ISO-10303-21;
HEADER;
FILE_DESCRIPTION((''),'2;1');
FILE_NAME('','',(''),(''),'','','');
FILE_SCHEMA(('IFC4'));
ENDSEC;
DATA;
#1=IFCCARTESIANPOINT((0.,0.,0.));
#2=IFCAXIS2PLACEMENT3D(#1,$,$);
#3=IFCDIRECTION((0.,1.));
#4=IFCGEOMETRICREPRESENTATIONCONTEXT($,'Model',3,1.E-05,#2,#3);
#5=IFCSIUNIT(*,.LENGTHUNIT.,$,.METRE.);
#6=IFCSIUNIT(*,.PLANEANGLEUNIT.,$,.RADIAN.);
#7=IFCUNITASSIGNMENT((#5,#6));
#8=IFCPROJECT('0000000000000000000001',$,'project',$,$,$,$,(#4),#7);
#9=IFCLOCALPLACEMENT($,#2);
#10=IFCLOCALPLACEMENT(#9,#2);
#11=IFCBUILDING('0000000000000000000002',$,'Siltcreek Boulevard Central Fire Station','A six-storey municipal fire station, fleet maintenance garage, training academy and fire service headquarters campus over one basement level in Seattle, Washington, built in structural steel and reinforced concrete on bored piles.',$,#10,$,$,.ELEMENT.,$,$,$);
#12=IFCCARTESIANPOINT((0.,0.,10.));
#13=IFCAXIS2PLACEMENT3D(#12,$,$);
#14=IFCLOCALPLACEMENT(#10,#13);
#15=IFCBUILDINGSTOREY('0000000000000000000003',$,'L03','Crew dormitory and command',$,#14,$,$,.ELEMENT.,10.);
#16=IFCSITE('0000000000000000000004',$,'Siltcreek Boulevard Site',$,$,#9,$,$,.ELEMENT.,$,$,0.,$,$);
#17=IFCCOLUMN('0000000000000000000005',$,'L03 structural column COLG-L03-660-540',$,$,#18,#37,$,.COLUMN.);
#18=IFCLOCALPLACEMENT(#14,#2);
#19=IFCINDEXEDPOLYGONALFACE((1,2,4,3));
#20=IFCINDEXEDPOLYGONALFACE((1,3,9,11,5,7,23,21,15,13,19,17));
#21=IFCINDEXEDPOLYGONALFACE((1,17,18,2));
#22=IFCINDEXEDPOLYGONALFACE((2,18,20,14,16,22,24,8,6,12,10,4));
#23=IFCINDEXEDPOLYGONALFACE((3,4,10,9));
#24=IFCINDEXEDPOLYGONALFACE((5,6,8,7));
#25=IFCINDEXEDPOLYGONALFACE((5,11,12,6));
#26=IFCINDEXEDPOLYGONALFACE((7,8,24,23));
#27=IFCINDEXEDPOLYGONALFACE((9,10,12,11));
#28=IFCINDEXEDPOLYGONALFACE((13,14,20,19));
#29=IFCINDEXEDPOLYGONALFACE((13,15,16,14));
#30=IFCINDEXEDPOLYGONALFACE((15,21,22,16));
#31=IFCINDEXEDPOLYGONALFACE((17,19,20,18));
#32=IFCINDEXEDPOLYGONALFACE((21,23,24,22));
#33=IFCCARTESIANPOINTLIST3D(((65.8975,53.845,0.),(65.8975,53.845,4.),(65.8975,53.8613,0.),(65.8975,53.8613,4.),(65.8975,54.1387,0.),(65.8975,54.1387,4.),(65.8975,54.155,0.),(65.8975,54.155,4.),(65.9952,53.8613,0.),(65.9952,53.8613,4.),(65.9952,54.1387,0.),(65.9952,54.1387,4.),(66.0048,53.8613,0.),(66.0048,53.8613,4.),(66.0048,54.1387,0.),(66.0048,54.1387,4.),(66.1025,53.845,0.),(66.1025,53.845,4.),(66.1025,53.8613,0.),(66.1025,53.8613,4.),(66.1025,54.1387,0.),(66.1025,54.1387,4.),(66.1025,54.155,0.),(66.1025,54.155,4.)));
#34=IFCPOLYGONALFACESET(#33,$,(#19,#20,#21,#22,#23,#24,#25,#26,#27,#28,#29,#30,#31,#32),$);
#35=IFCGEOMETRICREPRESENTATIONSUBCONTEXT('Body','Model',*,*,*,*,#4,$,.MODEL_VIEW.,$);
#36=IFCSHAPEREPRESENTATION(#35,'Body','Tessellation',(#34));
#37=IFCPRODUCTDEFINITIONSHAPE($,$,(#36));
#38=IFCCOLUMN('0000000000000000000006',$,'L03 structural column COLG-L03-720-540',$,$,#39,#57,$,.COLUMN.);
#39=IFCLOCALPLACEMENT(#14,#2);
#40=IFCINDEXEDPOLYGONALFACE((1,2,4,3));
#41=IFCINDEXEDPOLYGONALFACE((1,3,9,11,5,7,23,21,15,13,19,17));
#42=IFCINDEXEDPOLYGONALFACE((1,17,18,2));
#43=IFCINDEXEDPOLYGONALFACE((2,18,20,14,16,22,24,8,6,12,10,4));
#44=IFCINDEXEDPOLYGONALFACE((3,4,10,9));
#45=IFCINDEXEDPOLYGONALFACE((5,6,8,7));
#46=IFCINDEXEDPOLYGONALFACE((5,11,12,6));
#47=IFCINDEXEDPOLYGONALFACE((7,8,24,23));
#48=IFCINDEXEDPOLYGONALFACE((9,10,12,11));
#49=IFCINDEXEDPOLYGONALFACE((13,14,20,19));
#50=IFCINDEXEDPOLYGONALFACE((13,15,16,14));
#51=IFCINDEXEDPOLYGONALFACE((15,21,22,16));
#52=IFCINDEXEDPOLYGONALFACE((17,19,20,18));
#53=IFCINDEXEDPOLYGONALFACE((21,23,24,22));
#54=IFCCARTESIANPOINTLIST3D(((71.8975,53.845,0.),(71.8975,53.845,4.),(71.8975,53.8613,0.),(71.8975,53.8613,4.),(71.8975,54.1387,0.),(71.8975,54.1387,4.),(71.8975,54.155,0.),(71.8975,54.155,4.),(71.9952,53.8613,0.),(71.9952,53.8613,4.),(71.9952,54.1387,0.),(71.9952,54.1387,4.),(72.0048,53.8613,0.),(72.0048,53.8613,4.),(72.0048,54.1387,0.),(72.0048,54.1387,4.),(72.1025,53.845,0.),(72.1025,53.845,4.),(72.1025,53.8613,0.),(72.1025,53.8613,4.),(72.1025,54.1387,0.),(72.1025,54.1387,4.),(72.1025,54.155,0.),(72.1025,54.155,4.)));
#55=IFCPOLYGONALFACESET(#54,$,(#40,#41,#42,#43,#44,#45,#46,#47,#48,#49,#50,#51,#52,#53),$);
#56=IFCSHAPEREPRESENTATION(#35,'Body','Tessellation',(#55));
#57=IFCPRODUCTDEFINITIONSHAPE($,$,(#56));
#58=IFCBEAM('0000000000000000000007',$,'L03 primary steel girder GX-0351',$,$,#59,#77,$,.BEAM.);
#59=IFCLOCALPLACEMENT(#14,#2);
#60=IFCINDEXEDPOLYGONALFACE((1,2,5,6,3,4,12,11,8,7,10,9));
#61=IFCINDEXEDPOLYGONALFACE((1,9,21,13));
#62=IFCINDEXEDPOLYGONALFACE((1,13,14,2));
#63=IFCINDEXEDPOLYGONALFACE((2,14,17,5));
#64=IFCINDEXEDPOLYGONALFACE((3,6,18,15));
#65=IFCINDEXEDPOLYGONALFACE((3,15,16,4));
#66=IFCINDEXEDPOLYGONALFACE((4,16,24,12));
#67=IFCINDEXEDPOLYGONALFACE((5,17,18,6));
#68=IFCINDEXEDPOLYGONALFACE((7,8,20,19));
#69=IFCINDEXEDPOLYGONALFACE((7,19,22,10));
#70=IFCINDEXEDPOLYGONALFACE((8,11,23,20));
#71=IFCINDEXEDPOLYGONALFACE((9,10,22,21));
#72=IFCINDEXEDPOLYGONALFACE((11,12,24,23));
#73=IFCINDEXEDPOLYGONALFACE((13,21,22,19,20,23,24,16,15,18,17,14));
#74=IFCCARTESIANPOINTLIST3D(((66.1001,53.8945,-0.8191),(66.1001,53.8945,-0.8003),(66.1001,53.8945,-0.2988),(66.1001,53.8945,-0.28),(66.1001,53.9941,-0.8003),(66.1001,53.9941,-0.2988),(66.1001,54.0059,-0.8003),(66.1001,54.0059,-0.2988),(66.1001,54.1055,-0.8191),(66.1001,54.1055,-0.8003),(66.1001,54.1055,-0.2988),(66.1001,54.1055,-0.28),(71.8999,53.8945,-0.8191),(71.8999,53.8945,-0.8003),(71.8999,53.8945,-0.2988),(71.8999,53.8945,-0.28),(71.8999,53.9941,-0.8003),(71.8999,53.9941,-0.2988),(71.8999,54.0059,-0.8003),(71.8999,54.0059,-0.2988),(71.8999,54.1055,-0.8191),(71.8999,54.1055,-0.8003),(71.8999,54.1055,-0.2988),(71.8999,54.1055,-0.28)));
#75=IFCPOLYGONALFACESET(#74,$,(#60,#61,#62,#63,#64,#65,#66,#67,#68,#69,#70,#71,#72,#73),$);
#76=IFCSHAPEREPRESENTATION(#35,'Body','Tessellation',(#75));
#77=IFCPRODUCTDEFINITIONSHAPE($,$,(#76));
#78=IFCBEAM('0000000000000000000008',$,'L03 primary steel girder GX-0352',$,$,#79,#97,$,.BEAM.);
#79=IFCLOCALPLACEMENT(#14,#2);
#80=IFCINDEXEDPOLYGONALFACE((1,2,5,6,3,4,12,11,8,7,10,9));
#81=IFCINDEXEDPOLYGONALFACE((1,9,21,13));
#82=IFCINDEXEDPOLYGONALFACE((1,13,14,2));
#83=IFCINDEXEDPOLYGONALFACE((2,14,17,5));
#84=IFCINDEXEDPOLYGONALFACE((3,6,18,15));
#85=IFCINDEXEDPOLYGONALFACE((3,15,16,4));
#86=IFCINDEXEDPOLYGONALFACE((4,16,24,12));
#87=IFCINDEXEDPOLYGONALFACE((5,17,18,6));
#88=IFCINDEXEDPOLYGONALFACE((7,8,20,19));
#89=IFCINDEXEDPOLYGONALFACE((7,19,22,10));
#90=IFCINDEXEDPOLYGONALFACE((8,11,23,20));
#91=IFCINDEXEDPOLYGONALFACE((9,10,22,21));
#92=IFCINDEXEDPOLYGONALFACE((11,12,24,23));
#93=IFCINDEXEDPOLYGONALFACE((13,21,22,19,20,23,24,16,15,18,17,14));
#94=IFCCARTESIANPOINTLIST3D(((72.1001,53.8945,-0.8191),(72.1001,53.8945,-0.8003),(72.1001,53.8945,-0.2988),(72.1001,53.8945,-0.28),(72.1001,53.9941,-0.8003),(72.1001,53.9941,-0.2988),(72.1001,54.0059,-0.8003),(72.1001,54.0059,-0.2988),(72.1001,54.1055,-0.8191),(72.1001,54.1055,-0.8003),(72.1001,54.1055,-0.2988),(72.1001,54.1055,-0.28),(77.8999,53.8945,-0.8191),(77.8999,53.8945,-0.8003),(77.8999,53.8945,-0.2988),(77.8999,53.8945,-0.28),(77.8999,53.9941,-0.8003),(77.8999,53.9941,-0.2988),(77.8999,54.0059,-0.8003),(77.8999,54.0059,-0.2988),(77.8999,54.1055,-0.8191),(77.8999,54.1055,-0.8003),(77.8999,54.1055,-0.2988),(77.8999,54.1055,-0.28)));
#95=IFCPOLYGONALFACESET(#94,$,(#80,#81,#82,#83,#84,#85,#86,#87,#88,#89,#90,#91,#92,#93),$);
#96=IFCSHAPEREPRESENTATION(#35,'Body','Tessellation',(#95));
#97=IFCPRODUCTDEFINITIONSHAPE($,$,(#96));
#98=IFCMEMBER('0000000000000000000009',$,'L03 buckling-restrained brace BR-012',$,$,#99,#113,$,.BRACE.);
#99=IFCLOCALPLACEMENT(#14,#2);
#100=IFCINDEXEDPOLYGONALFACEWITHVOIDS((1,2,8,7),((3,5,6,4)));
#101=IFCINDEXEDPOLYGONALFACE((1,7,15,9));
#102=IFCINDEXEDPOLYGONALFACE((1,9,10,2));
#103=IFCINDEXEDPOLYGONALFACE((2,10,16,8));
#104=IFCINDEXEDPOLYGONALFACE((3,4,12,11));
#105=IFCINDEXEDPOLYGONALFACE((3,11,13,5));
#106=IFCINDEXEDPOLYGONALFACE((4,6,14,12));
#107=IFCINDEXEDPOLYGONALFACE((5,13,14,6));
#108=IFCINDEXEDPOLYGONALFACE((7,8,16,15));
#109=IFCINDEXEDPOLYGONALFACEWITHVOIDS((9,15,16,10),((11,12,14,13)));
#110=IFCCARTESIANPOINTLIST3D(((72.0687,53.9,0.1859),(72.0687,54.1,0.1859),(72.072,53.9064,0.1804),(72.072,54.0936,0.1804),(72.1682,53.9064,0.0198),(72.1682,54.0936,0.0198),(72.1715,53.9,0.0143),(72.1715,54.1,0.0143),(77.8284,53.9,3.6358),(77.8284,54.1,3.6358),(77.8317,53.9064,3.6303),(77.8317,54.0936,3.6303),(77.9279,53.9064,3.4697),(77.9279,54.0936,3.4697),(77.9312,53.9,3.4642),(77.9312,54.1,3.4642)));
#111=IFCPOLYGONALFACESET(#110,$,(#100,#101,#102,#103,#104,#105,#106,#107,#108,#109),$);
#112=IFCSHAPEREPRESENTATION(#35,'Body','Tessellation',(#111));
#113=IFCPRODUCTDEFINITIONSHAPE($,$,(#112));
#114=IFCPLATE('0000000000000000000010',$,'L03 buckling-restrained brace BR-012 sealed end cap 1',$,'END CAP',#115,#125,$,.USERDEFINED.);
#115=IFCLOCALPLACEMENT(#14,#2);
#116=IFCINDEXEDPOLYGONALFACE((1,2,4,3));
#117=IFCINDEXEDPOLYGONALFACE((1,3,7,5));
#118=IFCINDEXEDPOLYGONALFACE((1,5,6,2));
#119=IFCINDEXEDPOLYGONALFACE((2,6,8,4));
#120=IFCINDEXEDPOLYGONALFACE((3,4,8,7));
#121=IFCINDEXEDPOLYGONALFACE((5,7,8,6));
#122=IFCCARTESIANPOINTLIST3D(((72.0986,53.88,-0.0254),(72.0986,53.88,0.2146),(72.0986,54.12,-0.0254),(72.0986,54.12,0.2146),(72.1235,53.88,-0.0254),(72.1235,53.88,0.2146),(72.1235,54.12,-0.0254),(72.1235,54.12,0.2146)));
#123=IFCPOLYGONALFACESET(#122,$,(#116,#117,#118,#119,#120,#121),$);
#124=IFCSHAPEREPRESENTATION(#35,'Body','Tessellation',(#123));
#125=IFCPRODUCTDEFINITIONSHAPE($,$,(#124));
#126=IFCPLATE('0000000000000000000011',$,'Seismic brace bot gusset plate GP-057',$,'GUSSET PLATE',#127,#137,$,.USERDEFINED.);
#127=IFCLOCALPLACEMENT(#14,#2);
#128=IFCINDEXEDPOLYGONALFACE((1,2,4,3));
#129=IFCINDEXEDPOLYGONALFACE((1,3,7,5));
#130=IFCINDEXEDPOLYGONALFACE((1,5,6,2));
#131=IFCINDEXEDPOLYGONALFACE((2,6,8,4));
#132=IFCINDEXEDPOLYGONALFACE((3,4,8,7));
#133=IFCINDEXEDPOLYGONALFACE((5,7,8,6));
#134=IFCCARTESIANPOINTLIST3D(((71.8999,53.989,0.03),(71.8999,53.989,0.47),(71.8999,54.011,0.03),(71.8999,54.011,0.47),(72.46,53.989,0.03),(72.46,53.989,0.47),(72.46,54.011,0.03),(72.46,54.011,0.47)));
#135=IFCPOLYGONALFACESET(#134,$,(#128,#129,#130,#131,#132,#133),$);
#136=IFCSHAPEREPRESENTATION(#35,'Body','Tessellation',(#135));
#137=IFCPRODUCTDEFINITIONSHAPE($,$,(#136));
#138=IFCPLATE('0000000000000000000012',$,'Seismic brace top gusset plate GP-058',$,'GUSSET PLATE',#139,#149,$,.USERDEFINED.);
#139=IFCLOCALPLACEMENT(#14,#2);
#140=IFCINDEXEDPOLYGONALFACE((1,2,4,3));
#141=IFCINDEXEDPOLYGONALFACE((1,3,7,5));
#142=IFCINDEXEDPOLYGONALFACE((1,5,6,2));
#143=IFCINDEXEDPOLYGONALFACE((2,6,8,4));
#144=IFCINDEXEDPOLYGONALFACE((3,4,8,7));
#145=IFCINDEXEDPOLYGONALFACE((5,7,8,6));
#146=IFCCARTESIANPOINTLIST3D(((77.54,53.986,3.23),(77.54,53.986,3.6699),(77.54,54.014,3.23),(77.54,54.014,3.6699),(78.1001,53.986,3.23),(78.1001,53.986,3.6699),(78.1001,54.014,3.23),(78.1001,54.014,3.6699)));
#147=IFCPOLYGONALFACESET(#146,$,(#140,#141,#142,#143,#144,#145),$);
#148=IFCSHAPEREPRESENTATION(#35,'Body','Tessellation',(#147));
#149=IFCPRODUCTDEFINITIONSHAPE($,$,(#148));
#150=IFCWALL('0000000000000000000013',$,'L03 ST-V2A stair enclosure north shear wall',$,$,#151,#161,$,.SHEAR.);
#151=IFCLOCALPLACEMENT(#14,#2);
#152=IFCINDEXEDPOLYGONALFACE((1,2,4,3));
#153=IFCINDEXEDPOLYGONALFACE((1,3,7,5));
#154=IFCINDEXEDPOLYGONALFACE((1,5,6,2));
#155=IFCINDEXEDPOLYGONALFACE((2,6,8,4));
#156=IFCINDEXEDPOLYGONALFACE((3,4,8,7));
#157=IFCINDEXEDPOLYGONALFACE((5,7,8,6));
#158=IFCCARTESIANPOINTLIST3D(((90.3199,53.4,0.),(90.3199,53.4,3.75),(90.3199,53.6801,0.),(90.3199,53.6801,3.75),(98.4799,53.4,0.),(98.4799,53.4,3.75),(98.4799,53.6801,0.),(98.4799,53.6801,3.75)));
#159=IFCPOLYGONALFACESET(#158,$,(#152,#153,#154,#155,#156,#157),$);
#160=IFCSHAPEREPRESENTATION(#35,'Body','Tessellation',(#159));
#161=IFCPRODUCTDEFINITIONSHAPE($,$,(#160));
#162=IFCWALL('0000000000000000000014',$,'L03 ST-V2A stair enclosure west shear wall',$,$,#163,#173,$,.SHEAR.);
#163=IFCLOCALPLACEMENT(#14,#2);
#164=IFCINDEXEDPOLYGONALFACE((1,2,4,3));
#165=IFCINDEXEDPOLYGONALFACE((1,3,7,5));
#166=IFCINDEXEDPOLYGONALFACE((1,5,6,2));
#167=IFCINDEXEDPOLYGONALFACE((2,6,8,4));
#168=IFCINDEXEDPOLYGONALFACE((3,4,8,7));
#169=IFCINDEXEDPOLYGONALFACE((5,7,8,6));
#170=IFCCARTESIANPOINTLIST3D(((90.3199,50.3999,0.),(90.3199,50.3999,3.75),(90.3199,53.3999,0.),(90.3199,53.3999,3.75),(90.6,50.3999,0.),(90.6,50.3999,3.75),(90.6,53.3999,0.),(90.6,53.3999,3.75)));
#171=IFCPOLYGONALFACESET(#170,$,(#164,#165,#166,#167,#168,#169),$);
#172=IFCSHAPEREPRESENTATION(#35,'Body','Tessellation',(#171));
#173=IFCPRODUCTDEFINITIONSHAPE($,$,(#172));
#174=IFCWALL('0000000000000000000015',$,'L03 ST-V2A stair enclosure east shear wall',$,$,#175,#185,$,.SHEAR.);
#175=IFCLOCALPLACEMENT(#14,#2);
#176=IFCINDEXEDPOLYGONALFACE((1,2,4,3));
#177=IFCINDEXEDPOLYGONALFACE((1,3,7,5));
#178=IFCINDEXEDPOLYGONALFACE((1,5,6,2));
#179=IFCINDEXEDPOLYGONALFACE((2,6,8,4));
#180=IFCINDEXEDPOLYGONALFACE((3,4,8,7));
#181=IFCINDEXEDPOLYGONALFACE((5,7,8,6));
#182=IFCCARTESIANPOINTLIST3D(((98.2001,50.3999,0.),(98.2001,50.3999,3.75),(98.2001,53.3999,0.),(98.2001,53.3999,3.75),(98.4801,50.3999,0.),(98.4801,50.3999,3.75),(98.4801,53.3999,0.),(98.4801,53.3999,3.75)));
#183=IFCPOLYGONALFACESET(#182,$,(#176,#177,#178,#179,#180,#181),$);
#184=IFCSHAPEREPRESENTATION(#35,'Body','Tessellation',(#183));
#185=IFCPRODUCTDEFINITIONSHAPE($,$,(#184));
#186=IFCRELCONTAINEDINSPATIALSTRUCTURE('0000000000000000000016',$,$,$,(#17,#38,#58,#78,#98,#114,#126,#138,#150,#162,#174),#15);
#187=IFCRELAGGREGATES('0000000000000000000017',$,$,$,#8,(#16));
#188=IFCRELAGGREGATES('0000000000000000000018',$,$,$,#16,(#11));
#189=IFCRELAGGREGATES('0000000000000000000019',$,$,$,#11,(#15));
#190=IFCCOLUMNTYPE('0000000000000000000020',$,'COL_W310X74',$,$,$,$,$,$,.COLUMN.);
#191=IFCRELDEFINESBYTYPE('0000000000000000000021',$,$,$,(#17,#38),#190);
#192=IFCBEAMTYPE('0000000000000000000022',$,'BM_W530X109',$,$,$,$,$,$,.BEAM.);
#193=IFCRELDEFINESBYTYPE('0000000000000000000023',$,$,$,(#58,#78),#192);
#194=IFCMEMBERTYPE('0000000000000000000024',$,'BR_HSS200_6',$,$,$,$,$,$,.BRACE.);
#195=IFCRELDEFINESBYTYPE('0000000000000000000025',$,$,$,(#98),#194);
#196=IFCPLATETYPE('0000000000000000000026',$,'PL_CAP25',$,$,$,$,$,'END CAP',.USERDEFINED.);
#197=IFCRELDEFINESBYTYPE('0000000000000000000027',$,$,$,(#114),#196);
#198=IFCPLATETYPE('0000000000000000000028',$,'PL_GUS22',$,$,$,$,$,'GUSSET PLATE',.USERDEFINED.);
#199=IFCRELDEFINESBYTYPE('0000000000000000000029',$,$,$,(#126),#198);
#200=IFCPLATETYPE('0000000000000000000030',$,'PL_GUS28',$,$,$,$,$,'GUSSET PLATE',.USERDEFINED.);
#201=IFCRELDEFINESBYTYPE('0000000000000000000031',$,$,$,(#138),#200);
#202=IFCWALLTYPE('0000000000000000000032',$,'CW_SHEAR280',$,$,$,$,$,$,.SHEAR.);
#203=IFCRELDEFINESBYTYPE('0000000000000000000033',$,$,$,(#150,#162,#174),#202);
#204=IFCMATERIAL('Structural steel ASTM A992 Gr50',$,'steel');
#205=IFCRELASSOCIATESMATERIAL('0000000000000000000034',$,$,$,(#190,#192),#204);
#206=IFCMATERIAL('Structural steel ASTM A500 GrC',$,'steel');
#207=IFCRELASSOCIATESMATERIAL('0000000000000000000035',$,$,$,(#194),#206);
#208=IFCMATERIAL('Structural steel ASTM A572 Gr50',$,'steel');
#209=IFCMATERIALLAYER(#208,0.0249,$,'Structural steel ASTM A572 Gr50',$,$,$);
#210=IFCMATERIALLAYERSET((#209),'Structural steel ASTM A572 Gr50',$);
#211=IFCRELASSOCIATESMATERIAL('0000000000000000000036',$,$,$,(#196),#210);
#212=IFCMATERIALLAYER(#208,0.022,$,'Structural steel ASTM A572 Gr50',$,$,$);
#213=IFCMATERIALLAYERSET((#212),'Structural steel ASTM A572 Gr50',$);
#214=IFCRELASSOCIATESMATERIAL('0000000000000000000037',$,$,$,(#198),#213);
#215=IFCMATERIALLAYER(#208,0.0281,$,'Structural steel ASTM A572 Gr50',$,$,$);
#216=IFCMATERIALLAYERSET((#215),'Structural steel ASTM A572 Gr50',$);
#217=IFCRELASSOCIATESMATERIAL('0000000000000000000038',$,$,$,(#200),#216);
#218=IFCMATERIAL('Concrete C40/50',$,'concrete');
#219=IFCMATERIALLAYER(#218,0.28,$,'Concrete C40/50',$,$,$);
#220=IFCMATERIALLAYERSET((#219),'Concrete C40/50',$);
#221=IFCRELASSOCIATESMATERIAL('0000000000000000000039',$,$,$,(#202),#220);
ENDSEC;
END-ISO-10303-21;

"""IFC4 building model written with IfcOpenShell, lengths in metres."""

from ifc_helpers import new_model, si_unit, direction, frame, frame_2d, origin, origin_2d, place, context, subcontext, project, spatial, rectangle, hollow_rectangle, i_section, extrude, material, layer, layer_set, material_profile, profile_set, type_object, element, save


model = new_model("IFC4")

# Units and contexts
model_context = context("Model", 3, precision=1e-05, world=origin(), true_north=direction((0.0, 1.0)))
body_context = subcontext(model_context, "Body", "Model", "MODEL_VIEW")
ifc_project = project(units=[si_unit("LENGTHUNIT", "METRE"), si_unit("PLANEANGLEUNIT", "RADIAN")], contexts=[model_context])

# Site, building, storey
site_placement = place(None, origin())
site = spatial("IfcSite", under=ifc_project, at=site_placement, Name="Siltcreek Boulevard Site", CompositionType="ELEMENT", RefElevation=0.0)
building_placement = place(site_placement, origin())
building = spatial("IfcBuilding", under=site, at=building_placement, Name="Siltcreek Boulevard Central Fire Station", Description="A six-storey municipal fire station, fleet maintenance garage, training academy and fire service headquarters campus over one basement level in Seattle, Washington, built in structural steel and reinforced concrete on bored piles.", CompositionType="ELEMENT")
storey_placement = place(building_placement, frame((0.0, 0.0, 10.0)))
storey = spatial("IfcBuildingStorey", under=building, at=storey_placement, Name="L03", Description="Crew dormitory and command", CompositionType="ELEMENT", Elevation=10.0)

# Columns
ifc_material_1 = material(Name="Structural steel ASTM A992 Gr50", Category="steel")
ifc_material_profile_1 = material_profile(ifc_material_1, i_section(OverallWidth=0.2051, OverallDepth=0.3101, WebThickness=0.0095, FlangeThickness=0.0164, at=origin_2d()), Name="W310X74")
ifc_profile_set_1 = profile_set([ifc_material_profile_1], Name="Structural steel ASTM A992 Gr50")
column_type = type_object("IfcColumnType", Name="COL_W310X74", PredefinedType="COLUMN", material=ifc_profile_set_1)
for number, where, z_axis, x_axis, name in (
    (1, (66.0, 54.0, 0.0), (0.0, 0.0, 1.0), (1.0, 0.0, 0.0), "L03 structural column COLG-L03-660-540"),
    (2, (72.0, 54.0, 0.0), (0.0, 0.0, 1.0), (1.0, 0.0, 0.0), "L03 structural column COLG-L03-720-540"),
):
    element("IfcColumn", number, at=place(storey_placement, frame(where, z_axis=z_axis, x_axis=x_axis)), inside=storey, type_object=column_type, Name=name, PredefinedType="COLUMN", context=body_context, shape_type="SweptSolid", body=[
        extrude(i_section(OverallWidth=0.2051, OverallDepth=0.3101, WebThickness=0.0095, FlangeThickness=0.0164, at=origin_2d()), origin(), (0.0, 0.0, 1.0), 4.0),
    ])

# Beams
ifc_material_profile_2 = material_profile(ifc_material_1, i_section(OverallWidth=0.2109, OverallDepth=0.5391, WebThickness=0.0117, FlangeThickness=0.0188, at=origin_2d()), Name="W530X109")
ifc_profile_set_2 = profile_set([ifc_material_profile_2], Name="Structural steel ASTM A992 Gr50")
beam_type = type_object("IfcBeamType", Name="BM_W530X109", PredefinedType="BEAM", material=ifc_profile_set_2)
for number, where, z_axis, x_axis, name in (
    (3, (66.1001, 54.0, -0.5496), (1.0, 0.0, 0.0), (0.0, 1.0, 0.0), "L03 primary steel girder GX-0351"),
    (4, (72.1001, 54.0, -0.5496), (1.0, 0.0, 0.0), (0.0, 1.0, 0.0), "L03 primary steel girder GX-0352"),
):
    element("IfcBeam", number, at=place(storey_placement, frame(where, z_axis=z_axis, x_axis=x_axis)), inside=storey, type_object=beam_type, Name=name, PredefinedType="BEAM", context=body_context, shape_type="SweptSolid", body=[
        extrude(i_section(OverallWidth=0.2109, OverallDepth=0.5391, WebThickness=0.0117, FlangeThickness=0.0188, at=origin_2d()), origin(), (0.0, 0.0, 1.0), 5.7998),
    ])

# Member
ifc_material_2 = material(Name="Structural steel ASTM A500 GrC", Category="steel")
ifc_material_profile_3 = material_profile(ifc_material_2, hollow_rectangle(XDim=0.2, YDim=0.2, WallThickness=0.0063, at=origin_2d()), Name="HSS200X200X6.4")
ifc_profile_set_3 = profile_set([ifc_material_profile_3], Name="Structural steel ASTM A500 GrC")
member_type = type_object("IfcMemberType", Name="BR_HSS200_6", PredefinedType="BRACE", material=ifc_profile_set_3)
member_placement = place(storey_placement, frame((72.1201, 54.0, 0.1001), z_axis=(0.857881, 0.0, 0.513849), x_axis=(0.0, 1.0, 0.0)))
element("IfcMember", 5, at=member_placement, inside=storey, type_object=member_type, Name="L03 buckling-restrained brace BR-012", PredefinedType="BRACE", context=body_context, shape_type="SweptSolid", body=[
    extrude(hollow_rectangle(XDim=0.2, YDim=0.2, WallThickness=0.0063, at=origin_2d()), origin(), (0.0, 0.0, 1.0), 6.7139),
])

# Plates
ifc_material_3 = material(Name="Structural steel ASTM A572 Gr50", Category="steel")
ifc_layer_1 = layer(ifc_material_3, 0.0249, Name="Structural steel ASTM A572 Gr50")
ifc_layer_set_1 = layer_set([ifc_layer_1], Name="Structural steel ASTM A572 Gr50")
plate_type_1 = type_object("IfcPlateType", Name="PL_CAP25", ElementType="END CAP", PredefinedType="USERDEFINED", material=ifc_layer_set_1)
plate_1_placement = place(storey_placement, frame((72.1111, 54.0, -0.0254), z_axis=(0.0, 0.0, 1.0), x_axis=(1.0, 0.0, 0.0)))
element("IfcPlate", 6, at=plate_1_placement, inside=storey, type_object=plate_type_1, Name="L03 buckling-restrained brace BR-012 sealed end cap 1", ObjectType="END CAP", PredefinedType="USERDEFINED", context=body_context, shape_type="SweptSolid", body=[
    extrude(rectangle(XDim=0.0249, YDim=0.24, at=origin_2d()), origin(), (0.0, 0.0, 1.0), 0.24),
])
ifc_layer_2 = layer(ifc_material_3, 0.022, Name="Structural steel ASTM A572 Gr50")
ifc_layer_set_2 = layer_set([ifc_layer_2], Name="Structural steel ASTM A572 Gr50")
plate_type_2 = type_object("IfcPlateType", Name="PL_GUS22", ElementType="GUSSET PLATE", PredefinedType="USERDEFINED", material=ifc_layer_set_2)
plate_2_placement = place(storey_placement, frame((72.1799, 54.0, 0.03), z_axis=(0.0, 0.0, 1.0), x_axis=(1.0, 0.0, 0.0)))
element("IfcPlate", 7, at=plate_2_placement, inside=storey, type_object=plate_type_2, Name="Seismic brace bot gusset plate GP-057", ObjectType="GUSSET PLATE", PredefinedType="USERDEFINED", context=body_context, shape_type="SweptSolid", body=[
    extrude(rectangle(XDim=0.5601, YDim=0.022, at=origin_2d()), origin(), (0.0, 0.0, 1.0), 0.4399),
])
ifc_layer_3 = layer(ifc_material_3, 0.0281, Name="Structural steel ASTM A572 Gr50")
ifc_layer_set_3 = layer_set([ifc_layer_3], Name="Structural steel ASTM A572 Gr50")
plate_type_3 = type_object("IfcPlateType", Name="PL_GUS28", ElementType="GUSSET PLATE", PredefinedType="USERDEFINED", material=ifc_layer_set_3)
plate_3_placement = place(storey_placement, frame((77.8201, 54.0, 3.23), z_axis=(0.0, 0.0, 1.0), x_axis=(1.0, 0.0, 0.0)))
element("IfcPlate", 8, at=plate_3_placement, inside=storey, type_object=plate_type_3, Name="Seismic brace top gusset plate GP-058", ObjectType="GUSSET PLATE", PredefinedType="USERDEFINED", context=body_context, shape_type="SweptSolid", body=[
    extrude(rectangle(XDim=0.5601, YDim=0.0281, at=origin_2d()), origin(), (0.0, 0.0, 1.0), 0.4399),
])

# Walls
ifc_material_4 = material(Name="Concrete C40/50", Category="concrete")
ifc_layer_4 = layer(ifc_material_4, 0.28, Name="Concrete C40/50")
ifc_layer_set_4 = layer_set([ifc_layer_4], Name="Concrete C40/50")
wall_type_1 = type_object("IfcWallType", Name="CW_SHEAR280", PredefinedType="SHEAR", material=ifc_layer_set_4)
wall_1_placement = place(storey_placement, frame((98.48, 53.54, 0.0), z_axis=(0.0, 0.0, 1.0), x_axis=(-1.0, 0.0, 0.0)))
element("IfcWall", 9, at=wall_1_placement, inside=storey, type_object=wall_type_1, Name="L03 ST-V2A stair enclosure north shear wall", PredefinedType="SHEAR", context=body_context, shape_type="SweptSolid", body=[
    extrude(rectangle(XDim=8.1599, YDim=0.28, at=frame_2d((4.0801, 0.0))), origin(), (0.0, 0.0, 1.0), 3.75),
])
for number, where, z_axis, x_axis, name in (
    (10, (90.46, 53.3999, 0.0), (0.0, 0.0, 1.0), (0.0, -1.0, 0.0), "L03 ST-V2A stair enclosure west shear wall"),
    (11, (98.3401, 50.3999, 0.0), (0.0, 0.0, 1.0), (0.0, 1.0, 0.0), "L03 ST-V2A stair enclosure east shear wall"),
):
    element("IfcWall", number, at=place(storey_placement, frame(where, z_axis=z_axis, x_axis=x_axis)), inside=storey, type_object=wall_type_1, Name=name, PredefinedType="SHEAR", context=body_context, shape_type="SweptSolid", body=[
        extrude(rectangle(XDim=3.0, YDim=0.28, at=frame_2d((1.5, 0.0))), origin(), (0.0, 0.0, 1.0), 3.75),
    ])

save(model, "model.ifc")
